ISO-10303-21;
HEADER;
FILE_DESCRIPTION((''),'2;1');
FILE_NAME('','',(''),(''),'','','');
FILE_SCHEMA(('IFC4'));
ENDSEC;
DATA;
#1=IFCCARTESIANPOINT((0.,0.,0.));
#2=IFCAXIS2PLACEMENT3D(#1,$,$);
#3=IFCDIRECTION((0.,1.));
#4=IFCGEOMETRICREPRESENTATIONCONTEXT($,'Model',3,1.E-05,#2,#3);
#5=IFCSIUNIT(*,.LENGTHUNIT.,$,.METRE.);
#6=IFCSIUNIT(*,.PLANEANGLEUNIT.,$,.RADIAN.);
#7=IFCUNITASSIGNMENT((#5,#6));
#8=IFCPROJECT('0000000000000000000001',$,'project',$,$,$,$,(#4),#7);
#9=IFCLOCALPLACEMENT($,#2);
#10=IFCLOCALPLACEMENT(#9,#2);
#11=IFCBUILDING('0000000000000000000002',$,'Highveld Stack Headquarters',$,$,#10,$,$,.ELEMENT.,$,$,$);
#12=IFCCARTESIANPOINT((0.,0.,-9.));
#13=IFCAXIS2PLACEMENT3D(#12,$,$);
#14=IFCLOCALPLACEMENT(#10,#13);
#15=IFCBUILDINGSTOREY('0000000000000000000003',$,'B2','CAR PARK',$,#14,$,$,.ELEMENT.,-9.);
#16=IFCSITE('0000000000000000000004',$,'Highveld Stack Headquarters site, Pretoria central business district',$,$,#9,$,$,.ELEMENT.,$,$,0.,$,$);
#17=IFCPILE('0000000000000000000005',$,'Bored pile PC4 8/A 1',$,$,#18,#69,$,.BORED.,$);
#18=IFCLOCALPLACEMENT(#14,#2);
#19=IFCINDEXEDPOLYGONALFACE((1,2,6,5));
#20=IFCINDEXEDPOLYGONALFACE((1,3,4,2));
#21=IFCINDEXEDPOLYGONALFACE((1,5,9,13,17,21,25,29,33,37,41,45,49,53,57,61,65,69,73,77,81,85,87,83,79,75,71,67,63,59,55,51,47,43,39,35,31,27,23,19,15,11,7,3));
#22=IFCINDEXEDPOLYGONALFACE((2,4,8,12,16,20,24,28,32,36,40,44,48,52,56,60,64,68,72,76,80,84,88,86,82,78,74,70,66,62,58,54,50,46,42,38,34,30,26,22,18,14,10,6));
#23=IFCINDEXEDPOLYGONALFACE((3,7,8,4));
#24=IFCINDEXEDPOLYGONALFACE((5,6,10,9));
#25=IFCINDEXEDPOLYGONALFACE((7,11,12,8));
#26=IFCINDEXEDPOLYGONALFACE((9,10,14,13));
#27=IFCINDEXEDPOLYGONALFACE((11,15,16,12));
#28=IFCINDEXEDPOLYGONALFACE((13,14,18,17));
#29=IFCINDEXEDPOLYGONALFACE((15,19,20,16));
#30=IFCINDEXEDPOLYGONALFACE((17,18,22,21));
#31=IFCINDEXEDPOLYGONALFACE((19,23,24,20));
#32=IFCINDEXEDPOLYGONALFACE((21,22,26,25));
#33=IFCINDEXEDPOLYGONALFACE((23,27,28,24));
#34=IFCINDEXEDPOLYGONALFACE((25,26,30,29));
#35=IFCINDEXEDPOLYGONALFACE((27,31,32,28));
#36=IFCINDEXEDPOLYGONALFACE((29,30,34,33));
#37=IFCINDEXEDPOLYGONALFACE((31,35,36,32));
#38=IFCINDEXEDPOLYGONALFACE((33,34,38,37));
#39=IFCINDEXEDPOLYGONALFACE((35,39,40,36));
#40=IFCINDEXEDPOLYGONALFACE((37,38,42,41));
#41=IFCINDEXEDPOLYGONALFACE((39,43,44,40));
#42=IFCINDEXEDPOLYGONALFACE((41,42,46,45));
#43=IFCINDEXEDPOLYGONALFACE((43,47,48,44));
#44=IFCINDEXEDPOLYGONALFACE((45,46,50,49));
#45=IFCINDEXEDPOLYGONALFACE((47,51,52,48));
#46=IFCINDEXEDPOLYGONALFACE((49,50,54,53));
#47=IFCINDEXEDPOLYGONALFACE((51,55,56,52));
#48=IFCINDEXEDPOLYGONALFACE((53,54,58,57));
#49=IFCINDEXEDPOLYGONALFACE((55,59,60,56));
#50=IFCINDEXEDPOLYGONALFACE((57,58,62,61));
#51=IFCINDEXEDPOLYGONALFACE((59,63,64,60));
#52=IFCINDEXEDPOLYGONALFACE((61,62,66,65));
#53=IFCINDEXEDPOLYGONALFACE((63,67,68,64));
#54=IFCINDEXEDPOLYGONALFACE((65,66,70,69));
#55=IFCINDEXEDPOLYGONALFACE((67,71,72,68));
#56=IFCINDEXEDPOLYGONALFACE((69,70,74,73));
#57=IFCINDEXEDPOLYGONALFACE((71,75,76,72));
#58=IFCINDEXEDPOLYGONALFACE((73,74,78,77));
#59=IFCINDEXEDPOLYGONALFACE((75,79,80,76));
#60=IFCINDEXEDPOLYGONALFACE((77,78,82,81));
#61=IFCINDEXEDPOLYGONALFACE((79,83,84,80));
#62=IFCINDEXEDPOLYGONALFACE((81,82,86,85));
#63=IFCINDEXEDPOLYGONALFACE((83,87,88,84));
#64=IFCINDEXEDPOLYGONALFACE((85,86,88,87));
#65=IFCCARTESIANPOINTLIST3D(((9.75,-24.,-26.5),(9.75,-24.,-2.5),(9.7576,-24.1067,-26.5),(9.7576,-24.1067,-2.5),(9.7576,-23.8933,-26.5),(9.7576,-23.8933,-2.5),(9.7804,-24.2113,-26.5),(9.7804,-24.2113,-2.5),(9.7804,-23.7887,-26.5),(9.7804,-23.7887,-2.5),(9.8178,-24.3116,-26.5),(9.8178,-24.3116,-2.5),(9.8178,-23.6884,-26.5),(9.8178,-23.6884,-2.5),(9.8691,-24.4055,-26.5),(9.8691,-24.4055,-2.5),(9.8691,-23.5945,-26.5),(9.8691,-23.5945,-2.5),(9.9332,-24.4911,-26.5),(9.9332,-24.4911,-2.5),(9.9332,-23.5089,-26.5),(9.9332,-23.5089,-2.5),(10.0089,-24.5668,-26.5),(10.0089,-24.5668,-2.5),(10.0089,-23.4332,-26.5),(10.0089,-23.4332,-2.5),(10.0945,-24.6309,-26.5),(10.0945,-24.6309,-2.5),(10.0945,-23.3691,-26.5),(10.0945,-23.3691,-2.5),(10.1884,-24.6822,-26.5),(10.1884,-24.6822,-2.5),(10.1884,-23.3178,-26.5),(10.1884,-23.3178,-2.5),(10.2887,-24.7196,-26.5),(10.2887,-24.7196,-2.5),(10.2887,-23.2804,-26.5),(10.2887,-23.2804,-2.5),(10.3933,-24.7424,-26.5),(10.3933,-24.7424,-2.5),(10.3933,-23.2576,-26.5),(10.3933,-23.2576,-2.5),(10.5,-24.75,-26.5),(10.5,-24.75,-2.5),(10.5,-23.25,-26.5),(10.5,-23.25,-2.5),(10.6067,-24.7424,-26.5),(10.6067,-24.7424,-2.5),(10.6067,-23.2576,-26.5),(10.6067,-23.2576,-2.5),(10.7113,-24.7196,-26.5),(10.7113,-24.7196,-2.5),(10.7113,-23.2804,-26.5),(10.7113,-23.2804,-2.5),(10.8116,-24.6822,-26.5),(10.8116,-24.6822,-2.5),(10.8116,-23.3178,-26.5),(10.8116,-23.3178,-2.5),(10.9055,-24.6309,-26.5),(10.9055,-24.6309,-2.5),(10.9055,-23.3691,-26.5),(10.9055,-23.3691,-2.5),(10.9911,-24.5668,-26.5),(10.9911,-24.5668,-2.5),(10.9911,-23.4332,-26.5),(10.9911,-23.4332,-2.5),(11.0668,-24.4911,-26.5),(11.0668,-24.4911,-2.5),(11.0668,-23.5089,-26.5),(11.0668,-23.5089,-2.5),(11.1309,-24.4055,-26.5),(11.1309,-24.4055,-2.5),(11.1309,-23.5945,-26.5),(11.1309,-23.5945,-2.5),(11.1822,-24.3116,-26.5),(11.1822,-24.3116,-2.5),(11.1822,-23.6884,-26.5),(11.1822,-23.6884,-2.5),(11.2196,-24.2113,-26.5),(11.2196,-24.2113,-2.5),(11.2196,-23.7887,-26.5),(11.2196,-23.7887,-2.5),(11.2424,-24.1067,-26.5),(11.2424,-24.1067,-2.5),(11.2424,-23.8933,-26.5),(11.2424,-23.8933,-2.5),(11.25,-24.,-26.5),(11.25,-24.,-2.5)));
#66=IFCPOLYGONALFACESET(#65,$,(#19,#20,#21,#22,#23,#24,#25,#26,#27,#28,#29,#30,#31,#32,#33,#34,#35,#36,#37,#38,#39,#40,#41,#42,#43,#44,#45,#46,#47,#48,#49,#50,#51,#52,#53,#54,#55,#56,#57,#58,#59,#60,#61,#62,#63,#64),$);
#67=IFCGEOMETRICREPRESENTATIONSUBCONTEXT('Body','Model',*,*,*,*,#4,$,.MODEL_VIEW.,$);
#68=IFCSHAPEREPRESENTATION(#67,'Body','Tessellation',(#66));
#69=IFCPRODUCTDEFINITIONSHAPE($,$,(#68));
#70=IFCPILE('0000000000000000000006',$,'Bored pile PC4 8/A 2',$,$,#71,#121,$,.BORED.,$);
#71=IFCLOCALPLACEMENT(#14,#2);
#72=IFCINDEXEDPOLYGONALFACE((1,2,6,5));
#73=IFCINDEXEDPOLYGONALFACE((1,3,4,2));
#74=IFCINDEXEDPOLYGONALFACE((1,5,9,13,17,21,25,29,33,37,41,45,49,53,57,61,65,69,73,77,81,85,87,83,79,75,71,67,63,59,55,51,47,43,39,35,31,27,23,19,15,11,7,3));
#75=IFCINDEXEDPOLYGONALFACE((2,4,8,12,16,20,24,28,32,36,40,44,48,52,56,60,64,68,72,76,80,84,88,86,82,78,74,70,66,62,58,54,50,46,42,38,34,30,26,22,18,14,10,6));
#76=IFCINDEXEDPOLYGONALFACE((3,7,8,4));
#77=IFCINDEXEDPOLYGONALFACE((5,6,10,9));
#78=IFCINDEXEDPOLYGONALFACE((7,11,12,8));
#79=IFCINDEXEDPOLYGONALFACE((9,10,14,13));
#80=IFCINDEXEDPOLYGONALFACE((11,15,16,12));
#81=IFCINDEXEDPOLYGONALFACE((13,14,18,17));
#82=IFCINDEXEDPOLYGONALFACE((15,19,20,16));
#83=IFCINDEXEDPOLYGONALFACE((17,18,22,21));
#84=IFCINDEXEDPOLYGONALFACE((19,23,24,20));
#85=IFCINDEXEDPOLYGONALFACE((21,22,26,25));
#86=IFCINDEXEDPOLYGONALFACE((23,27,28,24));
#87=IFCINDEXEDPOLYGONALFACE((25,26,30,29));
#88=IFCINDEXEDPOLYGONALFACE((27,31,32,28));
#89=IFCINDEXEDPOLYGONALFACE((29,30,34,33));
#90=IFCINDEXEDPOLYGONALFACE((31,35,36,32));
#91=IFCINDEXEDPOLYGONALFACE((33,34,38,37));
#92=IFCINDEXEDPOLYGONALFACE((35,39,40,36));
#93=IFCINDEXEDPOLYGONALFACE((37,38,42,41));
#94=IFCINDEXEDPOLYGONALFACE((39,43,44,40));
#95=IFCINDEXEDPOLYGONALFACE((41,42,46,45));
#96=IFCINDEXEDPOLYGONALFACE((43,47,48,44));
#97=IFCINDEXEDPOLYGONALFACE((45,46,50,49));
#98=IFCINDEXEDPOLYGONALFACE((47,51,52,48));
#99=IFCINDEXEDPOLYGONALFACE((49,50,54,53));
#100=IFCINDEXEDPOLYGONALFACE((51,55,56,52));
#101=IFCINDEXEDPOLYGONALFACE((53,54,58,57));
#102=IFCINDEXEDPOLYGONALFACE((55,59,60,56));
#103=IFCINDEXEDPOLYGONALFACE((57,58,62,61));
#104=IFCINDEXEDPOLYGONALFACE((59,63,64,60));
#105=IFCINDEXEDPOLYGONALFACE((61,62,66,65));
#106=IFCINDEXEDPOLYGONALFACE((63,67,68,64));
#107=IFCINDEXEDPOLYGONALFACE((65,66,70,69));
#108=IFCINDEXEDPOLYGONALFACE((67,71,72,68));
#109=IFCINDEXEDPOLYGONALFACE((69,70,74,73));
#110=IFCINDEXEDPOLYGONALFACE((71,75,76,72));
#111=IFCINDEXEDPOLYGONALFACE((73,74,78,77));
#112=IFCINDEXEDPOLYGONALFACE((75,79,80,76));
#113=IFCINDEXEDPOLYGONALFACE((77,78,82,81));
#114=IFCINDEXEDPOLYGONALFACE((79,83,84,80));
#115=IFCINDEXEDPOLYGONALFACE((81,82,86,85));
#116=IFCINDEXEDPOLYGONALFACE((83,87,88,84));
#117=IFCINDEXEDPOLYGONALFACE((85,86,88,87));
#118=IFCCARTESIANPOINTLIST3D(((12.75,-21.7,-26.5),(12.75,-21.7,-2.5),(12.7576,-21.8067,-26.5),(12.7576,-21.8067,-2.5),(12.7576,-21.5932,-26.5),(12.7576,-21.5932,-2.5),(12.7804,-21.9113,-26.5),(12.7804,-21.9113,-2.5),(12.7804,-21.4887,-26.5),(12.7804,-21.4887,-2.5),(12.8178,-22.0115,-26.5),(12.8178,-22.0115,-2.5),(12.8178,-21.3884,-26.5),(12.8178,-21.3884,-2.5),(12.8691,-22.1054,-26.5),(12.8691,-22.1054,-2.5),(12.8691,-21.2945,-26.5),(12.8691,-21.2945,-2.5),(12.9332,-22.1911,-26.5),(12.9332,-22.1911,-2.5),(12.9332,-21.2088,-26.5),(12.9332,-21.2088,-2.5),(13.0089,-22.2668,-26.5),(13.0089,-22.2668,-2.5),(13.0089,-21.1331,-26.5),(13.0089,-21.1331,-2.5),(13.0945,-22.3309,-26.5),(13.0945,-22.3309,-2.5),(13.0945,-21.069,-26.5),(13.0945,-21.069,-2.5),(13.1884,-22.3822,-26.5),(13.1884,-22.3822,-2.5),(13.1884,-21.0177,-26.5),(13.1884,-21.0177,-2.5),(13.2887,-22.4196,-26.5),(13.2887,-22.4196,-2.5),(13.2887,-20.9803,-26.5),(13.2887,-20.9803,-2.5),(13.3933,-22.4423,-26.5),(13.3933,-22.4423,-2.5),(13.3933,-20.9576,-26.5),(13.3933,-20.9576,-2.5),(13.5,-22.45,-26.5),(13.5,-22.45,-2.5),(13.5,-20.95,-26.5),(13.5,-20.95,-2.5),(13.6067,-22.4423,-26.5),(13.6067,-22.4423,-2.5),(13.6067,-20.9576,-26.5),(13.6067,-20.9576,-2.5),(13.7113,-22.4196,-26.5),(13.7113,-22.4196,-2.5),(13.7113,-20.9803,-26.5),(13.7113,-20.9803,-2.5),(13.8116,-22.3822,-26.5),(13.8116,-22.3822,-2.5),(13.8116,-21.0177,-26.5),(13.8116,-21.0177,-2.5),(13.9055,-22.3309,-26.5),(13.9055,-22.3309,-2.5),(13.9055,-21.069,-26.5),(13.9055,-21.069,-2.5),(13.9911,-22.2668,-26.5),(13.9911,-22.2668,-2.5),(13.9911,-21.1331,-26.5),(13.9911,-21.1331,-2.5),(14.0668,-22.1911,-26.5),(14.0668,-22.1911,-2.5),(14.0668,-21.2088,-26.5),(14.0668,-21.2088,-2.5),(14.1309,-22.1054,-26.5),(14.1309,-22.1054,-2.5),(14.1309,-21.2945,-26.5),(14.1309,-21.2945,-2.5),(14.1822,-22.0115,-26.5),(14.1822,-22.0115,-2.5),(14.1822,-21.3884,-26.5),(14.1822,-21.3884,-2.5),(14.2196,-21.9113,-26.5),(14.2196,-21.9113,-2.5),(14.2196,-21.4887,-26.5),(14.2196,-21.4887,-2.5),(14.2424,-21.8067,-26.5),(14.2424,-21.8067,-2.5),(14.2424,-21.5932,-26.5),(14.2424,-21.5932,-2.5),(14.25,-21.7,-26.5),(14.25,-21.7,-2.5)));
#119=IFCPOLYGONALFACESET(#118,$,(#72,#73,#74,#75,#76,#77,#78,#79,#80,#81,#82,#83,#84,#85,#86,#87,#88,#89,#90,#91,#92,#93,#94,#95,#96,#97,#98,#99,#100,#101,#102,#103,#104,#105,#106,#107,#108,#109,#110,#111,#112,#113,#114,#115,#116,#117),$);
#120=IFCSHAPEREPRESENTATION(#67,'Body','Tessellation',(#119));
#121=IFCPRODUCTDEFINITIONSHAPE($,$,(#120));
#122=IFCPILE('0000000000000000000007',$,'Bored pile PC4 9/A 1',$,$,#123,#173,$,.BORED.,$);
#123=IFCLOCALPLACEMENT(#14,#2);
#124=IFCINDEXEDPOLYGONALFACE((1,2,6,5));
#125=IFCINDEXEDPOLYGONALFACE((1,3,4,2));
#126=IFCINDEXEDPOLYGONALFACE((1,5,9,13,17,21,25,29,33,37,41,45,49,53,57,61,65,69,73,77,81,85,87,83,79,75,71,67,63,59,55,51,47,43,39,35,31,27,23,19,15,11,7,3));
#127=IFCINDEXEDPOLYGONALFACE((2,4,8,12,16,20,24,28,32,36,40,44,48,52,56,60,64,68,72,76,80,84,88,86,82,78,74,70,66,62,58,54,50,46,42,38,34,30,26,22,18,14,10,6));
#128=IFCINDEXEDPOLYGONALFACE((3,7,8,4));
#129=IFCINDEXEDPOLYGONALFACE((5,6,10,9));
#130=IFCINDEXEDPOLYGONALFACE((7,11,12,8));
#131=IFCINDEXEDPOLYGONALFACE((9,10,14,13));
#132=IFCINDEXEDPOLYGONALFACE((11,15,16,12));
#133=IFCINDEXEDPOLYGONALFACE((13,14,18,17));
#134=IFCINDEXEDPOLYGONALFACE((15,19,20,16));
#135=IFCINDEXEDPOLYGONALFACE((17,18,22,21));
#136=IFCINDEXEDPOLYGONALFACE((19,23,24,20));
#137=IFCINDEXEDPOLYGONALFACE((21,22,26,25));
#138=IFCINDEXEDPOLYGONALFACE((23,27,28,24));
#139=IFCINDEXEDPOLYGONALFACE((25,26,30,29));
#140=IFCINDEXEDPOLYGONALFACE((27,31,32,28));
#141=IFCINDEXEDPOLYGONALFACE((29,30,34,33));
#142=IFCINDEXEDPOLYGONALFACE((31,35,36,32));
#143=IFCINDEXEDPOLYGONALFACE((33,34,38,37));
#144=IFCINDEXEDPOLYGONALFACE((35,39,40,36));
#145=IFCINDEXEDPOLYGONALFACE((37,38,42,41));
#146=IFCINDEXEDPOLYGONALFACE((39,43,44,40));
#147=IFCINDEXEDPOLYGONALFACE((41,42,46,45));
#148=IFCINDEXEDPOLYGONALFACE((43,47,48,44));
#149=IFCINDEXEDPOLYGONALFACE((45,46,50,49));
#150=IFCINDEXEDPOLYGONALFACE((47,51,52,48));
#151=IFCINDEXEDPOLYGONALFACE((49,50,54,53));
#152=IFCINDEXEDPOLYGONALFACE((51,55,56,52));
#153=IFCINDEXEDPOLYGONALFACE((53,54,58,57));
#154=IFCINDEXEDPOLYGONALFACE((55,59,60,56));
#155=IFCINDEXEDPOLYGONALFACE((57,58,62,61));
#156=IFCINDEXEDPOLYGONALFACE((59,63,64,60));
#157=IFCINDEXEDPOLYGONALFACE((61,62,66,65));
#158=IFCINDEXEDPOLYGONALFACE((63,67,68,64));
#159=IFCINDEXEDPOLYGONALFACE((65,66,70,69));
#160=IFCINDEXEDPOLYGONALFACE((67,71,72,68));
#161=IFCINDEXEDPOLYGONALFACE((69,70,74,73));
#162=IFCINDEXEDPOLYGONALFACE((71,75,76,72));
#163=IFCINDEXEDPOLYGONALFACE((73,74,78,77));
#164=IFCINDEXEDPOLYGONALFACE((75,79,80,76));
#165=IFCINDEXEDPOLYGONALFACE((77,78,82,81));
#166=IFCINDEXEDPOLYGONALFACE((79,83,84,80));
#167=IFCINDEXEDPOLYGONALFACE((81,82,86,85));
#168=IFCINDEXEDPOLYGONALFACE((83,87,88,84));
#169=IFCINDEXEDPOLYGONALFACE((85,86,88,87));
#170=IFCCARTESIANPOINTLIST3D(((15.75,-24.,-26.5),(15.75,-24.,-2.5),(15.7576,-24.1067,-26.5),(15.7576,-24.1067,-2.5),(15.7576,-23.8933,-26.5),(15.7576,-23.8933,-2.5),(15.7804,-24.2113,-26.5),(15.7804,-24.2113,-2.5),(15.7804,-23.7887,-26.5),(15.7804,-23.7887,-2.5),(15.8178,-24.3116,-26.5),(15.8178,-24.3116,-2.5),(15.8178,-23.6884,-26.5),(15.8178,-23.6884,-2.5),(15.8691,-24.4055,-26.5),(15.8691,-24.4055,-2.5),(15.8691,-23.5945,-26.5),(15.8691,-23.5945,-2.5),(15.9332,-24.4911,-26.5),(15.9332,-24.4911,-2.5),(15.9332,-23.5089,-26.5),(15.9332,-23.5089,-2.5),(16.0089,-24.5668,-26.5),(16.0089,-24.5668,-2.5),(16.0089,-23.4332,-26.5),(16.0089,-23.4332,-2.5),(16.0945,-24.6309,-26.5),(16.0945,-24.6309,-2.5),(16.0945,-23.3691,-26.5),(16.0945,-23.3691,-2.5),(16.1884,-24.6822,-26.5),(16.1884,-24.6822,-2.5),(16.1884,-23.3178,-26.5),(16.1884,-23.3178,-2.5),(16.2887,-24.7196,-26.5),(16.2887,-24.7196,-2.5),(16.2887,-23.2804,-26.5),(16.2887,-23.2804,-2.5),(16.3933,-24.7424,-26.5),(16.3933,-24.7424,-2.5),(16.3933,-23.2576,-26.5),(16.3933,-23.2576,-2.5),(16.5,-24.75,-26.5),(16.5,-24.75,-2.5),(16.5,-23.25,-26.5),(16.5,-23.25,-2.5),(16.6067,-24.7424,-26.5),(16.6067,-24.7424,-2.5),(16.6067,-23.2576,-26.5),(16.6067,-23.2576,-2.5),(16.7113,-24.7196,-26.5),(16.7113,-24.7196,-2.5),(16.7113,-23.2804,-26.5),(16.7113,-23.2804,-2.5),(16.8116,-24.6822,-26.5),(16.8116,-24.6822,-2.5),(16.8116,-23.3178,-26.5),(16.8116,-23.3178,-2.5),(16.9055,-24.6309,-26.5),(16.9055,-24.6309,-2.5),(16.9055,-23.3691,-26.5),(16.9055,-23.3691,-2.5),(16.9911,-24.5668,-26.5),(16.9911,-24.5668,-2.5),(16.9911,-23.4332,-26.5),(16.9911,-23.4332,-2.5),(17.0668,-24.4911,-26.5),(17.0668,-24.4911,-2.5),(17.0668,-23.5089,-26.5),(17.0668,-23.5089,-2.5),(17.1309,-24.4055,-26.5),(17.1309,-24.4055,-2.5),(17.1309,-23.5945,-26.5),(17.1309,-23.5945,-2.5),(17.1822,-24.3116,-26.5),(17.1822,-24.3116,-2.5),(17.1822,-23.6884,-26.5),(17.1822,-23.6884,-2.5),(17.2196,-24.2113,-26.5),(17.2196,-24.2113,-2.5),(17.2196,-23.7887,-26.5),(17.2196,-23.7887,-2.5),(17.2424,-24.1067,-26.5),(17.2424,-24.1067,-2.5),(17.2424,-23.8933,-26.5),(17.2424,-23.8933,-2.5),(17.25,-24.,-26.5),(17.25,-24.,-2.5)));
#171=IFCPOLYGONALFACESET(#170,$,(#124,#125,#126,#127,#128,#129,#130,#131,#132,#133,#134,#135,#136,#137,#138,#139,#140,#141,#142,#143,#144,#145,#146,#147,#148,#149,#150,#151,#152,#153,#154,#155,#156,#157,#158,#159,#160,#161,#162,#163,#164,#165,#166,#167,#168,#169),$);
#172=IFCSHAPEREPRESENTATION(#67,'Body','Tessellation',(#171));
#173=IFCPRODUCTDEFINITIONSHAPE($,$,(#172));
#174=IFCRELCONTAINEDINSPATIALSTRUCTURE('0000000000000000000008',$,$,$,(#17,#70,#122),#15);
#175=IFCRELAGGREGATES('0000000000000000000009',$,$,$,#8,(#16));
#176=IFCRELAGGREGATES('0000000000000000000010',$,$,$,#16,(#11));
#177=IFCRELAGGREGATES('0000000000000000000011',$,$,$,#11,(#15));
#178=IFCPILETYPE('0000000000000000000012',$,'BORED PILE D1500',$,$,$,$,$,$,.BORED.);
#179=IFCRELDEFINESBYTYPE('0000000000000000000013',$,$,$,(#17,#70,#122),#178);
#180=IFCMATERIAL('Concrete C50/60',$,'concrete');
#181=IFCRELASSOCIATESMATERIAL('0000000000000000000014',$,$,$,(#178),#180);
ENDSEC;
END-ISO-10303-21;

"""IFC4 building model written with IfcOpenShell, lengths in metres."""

from ifc_helpers import new_model, si_unit, direction, frame, origin, origin_2d, place, context, subcontext, project, spatial, circle, extrude, material, type_object, element, save


model = new_model("IFC4")

# Units and contexts
model_context = context("Model", 3, precision=1e-05, world=origin(), true_north=direction((0.0, 1.0)))
body_context = subcontext(model_context, "Body", "Model", "MODEL_VIEW")
ifc_project = project(units=[si_unit("LENGTHUNIT", "METRE"), si_unit("PLANEANGLEUNIT", "RADIAN")], contexts=[model_context])

# Site, building, storey
site_placement = place(None, origin())
site = spatial("IfcSite", under=ifc_project, at=site_placement, Name="Highveld Stack Headquarters site, Pretoria central business district", CompositionType="ELEMENT", RefElevation=0.0)
building_placement = place(site_placement, origin())
building = spatial("IfcBuilding", under=site, at=building_placement, Name="Highveld Stack Headquarters", CompositionType="ELEMENT")
storey_placement = place(building_placement, frame((0.0, 0.0, -9.0)))
storey = spatial("IfcBuildingStorey", under=building, at=storey_placement, Name="B2", Description="CAR PARK", CompositionType="ELEMENT", Elevation=-9.0)

# Piles
ifc_material_1 = material(Name="Concrete C50/60", Category="concrete")
pile_type_1 = type_object("IfcPileType", Name="BORED PILE D1500", PredefinedType="BORED", material=ifc_material_1)
for number, where, z_axis, x_axis, name in (
    (1, (10.5, -24.0, -2.5), (0.0, 0.0, -1.0), (1.0, 0.0, 0.0), "Bored pile PC4 8/A 1"),
    (2, (13.5, -21.7, -2.5), (0.0, 0.0, -1.0), (1.0, 0.0, 0.0), "Bored pile PC4 8/A 2"),
    (3, (16.5, -24.0, -2.5), (0.0, 0.0, -1.0), (1.0, 0.0, 0.0), "Bored pile PC4 9/A 1"),
):
    element("IfcPile", number, at=place(storey_placement, frame(where, z_axis=z_axis, x_axis=x_axis)), inside=storey, type_object=pile_type_1, Name=name, PredefinedType="BORED", context=body_context, shape_type="SweptSolid", body=[
        extrude(circle(Radius=0.75, at=origin_2d()), origin(), (0.0, 0.0, 1.0), 24.0),
    ])

save(model, "model.ifc")
